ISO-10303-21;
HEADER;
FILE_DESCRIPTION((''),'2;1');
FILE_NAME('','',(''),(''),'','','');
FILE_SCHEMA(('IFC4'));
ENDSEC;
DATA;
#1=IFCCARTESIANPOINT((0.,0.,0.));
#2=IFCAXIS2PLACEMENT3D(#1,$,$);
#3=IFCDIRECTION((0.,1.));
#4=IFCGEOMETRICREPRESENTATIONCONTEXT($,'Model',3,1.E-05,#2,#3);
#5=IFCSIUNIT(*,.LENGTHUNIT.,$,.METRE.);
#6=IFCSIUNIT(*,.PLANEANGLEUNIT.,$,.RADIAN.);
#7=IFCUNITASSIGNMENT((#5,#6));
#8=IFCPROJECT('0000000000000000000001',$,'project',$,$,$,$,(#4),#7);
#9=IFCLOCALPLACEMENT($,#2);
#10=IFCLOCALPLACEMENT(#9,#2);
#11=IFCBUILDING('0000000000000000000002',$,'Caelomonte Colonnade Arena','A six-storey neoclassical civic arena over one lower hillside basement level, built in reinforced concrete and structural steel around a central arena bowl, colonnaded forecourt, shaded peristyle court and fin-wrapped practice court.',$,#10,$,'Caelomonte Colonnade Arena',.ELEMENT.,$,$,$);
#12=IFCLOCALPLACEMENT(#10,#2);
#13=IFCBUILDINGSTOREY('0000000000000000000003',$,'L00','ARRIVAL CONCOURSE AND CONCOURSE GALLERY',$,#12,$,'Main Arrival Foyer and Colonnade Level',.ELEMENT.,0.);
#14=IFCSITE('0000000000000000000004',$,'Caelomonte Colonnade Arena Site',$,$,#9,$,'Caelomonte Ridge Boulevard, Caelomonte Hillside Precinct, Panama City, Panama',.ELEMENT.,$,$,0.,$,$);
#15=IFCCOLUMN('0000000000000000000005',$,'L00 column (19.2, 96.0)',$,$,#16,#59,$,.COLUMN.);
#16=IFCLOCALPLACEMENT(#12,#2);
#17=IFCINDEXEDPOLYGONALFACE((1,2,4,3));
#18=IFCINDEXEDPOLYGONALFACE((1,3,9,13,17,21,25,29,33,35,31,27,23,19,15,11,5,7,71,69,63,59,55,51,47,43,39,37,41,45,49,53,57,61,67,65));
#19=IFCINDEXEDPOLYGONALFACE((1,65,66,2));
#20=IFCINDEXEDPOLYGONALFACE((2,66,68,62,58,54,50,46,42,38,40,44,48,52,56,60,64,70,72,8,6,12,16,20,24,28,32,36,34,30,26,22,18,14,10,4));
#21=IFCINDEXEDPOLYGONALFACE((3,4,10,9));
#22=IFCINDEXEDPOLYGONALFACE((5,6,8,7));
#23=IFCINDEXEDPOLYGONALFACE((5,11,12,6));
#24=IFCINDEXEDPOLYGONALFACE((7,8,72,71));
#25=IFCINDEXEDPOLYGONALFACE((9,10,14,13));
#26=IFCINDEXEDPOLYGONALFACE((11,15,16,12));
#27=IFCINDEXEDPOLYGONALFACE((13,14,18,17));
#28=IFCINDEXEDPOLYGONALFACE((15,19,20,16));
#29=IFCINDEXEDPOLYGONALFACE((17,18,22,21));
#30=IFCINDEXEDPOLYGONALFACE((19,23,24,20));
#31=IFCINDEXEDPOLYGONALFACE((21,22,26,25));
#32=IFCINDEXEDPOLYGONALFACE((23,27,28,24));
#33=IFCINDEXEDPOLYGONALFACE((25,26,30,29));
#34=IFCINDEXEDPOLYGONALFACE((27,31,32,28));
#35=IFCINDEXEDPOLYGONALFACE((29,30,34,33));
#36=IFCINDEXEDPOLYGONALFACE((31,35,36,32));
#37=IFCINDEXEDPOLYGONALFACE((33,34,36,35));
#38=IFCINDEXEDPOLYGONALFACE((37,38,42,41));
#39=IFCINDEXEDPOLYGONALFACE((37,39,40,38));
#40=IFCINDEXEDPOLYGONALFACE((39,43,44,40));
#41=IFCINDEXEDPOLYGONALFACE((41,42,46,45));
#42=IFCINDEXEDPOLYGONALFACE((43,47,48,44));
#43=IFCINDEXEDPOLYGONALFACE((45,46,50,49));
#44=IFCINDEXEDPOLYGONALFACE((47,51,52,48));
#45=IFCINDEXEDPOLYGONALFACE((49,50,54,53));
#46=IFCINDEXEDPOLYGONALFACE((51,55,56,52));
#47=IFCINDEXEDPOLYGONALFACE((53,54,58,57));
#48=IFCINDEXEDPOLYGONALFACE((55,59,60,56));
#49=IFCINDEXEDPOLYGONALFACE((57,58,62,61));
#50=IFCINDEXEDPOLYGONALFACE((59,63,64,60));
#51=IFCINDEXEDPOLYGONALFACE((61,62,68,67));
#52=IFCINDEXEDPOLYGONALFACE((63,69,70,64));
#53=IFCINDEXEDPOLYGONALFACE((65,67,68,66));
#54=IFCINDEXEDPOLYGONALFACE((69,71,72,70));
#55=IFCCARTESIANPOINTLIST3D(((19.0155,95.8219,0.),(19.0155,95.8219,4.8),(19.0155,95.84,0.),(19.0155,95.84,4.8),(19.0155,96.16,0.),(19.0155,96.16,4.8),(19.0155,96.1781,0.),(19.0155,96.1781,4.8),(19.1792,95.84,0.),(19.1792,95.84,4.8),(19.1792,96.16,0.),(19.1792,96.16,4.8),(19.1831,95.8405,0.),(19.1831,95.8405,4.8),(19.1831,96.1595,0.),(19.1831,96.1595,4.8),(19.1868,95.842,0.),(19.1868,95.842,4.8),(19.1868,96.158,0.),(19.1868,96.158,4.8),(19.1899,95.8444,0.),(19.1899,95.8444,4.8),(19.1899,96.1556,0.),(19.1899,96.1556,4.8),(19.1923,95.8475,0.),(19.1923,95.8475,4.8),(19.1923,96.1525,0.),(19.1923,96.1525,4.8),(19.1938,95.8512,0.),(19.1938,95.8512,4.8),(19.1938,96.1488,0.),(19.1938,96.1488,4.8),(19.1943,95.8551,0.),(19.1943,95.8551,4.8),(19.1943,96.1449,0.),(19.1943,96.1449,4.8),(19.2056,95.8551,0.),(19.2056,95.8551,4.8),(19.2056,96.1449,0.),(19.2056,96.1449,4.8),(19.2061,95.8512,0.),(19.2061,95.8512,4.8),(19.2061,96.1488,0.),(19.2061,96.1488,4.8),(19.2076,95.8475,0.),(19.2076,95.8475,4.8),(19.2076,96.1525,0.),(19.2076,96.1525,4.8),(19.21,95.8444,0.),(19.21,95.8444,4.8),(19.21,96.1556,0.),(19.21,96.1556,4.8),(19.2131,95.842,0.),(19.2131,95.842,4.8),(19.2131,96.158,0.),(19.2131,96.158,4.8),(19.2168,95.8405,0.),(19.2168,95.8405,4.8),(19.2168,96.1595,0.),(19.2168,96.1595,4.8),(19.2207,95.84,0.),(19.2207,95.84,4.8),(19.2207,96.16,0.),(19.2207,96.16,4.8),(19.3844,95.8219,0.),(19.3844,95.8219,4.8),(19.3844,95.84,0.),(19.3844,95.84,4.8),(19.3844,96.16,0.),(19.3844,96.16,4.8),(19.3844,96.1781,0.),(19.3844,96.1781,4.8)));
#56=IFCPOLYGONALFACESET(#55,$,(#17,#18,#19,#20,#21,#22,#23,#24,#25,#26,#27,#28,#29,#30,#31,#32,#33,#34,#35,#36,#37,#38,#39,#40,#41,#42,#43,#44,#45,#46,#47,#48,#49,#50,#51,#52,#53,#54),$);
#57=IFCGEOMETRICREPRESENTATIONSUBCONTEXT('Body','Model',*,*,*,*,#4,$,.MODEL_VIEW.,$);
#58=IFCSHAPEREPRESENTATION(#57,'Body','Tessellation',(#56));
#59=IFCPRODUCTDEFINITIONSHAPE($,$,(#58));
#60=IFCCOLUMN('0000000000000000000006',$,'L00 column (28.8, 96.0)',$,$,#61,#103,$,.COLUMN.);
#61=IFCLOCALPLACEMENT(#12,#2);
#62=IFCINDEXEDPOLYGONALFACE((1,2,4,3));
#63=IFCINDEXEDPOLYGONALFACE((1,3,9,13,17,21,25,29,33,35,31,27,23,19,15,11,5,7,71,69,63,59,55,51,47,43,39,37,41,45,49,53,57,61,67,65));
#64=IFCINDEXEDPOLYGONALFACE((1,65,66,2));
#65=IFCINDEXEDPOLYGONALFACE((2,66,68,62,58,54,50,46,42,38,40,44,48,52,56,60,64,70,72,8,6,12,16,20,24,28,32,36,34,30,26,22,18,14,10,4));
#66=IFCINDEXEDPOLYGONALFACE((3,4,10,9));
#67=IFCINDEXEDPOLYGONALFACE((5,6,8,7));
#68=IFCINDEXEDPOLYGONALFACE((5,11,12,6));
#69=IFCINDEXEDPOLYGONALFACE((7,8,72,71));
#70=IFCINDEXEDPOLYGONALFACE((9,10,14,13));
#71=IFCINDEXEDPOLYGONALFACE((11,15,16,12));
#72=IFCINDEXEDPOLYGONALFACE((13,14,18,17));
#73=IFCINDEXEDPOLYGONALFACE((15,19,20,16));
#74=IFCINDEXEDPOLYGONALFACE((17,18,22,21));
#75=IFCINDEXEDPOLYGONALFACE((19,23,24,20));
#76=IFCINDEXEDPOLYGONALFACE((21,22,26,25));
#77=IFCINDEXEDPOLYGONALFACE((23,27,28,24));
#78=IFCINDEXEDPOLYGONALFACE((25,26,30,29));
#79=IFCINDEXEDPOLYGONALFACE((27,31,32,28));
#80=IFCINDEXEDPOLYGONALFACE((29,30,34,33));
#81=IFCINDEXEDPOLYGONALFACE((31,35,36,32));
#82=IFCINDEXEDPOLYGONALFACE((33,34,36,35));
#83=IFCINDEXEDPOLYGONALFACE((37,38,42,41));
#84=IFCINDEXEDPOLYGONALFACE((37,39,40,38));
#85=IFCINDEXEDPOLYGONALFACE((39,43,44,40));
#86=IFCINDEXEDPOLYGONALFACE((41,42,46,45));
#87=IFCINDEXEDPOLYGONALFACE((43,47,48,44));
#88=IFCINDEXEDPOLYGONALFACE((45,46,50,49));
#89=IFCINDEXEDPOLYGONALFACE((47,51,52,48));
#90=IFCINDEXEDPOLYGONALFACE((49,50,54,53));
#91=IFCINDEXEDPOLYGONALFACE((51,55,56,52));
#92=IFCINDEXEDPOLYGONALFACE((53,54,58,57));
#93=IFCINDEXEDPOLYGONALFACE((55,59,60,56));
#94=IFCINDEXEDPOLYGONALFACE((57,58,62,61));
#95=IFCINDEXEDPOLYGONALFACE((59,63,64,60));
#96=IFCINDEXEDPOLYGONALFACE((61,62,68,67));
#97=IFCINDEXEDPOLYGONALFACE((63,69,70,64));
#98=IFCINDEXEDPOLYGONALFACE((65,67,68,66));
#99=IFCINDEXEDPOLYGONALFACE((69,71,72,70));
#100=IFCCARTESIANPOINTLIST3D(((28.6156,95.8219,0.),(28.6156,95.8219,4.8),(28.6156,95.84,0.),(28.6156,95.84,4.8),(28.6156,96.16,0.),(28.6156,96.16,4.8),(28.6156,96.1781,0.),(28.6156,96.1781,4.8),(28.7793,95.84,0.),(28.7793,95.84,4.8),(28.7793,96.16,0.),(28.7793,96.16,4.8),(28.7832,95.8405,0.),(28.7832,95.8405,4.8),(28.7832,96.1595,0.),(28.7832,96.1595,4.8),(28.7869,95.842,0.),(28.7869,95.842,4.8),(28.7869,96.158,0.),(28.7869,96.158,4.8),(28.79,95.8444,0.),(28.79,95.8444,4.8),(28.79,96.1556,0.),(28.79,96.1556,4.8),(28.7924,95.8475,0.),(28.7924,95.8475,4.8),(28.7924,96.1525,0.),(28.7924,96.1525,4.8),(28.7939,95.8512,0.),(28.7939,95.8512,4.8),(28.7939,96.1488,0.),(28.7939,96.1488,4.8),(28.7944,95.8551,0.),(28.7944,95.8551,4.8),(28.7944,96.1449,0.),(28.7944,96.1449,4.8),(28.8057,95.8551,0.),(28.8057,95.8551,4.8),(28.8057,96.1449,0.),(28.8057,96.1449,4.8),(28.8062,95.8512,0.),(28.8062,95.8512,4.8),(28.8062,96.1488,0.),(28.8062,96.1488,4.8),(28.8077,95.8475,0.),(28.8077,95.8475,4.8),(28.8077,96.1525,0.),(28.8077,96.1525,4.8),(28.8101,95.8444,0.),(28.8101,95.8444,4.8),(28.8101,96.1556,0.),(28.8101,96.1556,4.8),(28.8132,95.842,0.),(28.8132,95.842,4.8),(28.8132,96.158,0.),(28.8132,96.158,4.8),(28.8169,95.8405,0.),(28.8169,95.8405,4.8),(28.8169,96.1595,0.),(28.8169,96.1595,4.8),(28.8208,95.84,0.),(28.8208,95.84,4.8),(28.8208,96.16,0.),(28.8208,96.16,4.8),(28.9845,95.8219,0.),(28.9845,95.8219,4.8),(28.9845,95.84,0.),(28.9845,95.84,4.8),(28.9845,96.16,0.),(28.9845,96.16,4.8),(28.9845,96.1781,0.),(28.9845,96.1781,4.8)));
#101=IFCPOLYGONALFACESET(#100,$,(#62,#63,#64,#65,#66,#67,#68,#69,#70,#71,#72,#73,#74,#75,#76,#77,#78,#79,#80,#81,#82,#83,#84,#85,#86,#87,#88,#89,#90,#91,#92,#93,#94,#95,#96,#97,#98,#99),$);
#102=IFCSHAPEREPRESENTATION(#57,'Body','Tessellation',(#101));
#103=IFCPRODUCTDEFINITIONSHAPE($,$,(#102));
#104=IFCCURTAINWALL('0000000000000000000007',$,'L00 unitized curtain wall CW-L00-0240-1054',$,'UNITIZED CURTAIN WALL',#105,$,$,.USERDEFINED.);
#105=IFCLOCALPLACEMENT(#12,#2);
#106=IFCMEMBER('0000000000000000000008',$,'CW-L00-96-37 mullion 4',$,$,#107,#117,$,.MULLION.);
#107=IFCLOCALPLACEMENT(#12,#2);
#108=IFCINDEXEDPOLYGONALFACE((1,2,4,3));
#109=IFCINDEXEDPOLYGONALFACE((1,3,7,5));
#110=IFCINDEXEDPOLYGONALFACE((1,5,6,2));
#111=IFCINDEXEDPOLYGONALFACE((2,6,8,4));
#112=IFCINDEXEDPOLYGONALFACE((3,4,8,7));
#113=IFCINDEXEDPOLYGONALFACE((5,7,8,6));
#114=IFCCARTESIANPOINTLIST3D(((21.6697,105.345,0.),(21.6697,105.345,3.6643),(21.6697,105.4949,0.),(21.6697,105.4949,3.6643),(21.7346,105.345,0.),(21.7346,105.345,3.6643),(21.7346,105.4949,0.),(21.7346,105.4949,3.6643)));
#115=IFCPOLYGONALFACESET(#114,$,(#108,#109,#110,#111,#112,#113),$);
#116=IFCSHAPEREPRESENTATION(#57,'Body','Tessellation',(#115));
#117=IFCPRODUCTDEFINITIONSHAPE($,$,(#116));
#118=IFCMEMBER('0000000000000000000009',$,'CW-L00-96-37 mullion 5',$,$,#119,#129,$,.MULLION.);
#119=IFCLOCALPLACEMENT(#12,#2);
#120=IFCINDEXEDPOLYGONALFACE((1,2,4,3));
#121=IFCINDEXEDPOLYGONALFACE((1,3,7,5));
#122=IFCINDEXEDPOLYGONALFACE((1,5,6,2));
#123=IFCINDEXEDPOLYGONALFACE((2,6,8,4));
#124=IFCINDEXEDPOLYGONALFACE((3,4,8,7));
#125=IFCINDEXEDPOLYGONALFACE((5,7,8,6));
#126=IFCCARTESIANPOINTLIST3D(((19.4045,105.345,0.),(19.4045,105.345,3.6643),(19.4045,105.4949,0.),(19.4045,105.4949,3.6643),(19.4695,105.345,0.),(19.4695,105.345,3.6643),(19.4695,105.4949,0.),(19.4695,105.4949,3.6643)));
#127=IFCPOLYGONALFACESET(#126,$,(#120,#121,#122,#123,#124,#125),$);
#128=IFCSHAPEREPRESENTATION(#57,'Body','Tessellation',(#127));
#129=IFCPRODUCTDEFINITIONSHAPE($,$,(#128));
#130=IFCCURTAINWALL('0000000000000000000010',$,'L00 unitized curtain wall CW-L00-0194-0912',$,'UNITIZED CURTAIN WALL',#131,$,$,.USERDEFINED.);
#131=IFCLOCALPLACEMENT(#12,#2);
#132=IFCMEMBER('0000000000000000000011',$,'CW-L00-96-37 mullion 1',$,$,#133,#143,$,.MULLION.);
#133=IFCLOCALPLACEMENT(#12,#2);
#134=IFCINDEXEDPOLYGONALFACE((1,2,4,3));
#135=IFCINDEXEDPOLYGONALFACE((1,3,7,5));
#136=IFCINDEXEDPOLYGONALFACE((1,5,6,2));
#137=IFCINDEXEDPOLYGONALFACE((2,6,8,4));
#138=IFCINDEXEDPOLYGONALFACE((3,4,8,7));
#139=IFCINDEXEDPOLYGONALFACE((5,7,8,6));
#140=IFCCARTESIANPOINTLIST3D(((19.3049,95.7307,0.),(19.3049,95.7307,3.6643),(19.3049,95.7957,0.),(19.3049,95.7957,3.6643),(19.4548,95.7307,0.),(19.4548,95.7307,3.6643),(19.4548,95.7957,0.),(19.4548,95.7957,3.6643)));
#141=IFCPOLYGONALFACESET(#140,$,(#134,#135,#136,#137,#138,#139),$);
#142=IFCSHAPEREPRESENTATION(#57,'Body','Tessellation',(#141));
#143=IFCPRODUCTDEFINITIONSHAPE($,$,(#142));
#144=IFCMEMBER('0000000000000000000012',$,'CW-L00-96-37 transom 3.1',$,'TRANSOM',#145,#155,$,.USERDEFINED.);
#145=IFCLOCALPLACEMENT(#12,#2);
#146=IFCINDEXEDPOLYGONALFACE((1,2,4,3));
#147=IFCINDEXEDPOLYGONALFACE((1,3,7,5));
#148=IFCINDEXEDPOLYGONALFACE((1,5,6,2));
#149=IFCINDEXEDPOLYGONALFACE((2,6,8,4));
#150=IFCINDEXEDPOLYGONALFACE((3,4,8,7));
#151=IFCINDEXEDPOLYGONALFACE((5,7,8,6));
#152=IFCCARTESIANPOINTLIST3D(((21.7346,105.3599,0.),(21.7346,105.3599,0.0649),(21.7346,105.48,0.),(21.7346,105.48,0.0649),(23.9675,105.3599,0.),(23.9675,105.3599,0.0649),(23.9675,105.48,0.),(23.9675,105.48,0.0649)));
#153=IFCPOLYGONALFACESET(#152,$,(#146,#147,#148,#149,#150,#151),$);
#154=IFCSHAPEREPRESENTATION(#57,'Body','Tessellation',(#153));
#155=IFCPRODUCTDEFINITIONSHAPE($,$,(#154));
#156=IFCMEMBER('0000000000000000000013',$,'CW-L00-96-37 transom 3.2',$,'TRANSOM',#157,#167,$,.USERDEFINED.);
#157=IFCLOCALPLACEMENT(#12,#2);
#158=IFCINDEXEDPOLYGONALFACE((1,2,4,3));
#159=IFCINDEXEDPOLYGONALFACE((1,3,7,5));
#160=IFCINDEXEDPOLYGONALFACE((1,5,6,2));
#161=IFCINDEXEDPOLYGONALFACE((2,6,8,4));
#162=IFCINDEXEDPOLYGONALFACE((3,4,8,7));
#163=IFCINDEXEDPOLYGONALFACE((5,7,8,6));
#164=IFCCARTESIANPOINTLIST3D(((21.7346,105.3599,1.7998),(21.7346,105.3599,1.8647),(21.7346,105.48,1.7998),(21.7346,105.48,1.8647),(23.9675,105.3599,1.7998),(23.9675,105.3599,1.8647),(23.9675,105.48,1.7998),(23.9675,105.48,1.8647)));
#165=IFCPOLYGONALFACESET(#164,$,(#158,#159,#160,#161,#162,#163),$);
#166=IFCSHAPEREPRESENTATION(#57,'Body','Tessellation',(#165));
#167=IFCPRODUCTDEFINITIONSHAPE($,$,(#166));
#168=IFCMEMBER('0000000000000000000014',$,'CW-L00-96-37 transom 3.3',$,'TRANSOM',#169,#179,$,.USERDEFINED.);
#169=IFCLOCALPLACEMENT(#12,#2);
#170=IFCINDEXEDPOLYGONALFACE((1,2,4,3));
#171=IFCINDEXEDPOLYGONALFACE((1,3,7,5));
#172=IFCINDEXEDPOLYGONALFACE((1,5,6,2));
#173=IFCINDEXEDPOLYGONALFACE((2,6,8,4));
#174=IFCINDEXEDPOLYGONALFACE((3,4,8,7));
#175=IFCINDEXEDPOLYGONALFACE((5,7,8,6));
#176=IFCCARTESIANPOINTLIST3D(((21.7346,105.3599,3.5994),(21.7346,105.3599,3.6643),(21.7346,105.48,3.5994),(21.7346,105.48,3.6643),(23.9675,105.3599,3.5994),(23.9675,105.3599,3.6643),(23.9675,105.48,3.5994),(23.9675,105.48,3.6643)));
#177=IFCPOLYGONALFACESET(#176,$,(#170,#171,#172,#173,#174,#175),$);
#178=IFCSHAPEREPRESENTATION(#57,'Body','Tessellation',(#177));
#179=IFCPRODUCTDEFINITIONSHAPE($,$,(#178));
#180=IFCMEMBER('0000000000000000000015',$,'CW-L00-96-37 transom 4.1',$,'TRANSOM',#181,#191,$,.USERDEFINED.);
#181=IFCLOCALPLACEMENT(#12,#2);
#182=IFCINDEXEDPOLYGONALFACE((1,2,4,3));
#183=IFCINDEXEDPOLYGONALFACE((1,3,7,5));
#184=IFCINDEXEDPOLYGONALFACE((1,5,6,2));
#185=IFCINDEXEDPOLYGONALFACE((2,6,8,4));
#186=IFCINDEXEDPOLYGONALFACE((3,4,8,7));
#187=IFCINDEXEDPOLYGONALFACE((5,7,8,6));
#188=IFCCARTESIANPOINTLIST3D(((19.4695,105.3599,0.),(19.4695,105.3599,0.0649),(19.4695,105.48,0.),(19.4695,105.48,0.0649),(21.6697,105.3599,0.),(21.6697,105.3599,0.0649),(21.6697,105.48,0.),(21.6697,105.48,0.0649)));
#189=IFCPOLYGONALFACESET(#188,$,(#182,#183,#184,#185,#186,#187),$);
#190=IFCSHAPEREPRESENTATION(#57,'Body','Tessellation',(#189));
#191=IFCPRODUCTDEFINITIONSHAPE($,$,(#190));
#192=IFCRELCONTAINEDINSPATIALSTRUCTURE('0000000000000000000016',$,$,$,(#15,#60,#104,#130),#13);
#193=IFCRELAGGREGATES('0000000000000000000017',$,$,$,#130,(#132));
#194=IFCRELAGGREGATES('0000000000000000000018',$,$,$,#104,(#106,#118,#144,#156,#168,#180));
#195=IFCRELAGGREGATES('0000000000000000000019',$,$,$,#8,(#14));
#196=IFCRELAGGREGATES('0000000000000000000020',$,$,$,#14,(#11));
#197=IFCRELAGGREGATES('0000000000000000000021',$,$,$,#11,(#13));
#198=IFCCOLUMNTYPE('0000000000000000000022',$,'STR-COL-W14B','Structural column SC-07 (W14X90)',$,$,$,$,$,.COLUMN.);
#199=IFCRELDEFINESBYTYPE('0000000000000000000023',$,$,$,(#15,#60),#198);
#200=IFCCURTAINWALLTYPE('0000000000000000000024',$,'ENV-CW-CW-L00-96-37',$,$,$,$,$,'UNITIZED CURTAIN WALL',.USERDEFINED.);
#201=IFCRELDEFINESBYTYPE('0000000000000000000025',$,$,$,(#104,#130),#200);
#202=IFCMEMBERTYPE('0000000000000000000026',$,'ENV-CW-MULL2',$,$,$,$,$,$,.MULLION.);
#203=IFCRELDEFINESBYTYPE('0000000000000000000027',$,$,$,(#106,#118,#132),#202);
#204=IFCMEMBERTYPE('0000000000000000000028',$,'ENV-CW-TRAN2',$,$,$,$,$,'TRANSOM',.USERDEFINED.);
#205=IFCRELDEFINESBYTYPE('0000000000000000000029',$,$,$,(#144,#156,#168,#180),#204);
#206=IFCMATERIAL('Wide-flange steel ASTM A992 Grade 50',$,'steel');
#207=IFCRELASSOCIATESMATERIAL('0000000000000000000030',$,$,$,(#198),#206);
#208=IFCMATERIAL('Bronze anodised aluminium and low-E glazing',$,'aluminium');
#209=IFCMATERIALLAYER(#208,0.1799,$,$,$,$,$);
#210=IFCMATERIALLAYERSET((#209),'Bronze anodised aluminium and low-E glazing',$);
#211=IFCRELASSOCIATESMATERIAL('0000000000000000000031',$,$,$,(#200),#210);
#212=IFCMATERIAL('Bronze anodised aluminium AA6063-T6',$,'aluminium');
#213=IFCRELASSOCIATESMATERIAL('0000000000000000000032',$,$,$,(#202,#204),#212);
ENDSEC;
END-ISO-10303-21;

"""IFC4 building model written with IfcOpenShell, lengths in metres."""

from ifc_helpers import new_model, si_unit, direction, frame, origin, origin_2d, place, context, subcontext, project, spatial, rectangle, i_section, extrude, material, layer, layer_set, material_profile, profile_set, type_object, element, aggregate, save


model = new_model("IFC4")

# Units and contexts
model_context = context("Model", 3, precision=1e-05, world=origin(), true_north=direction((0.0, 1.0)))
body_context = subcontext(model_context, "Body", "Model", "MODEL_VIEW")
ifc_project = project(units=[si_unit("LENGTHUNIT", "METRE"), si_unit("PLANEANGLEUNIT", "RADIAN")], contexts=[model_context])

# Site, building, storey
site_placement = place(None, origin())
site = spatial("IfcSite", under=ifc_project, at=site_placement, Name="Caelomonte Colonnade Arena Site", LongName="Caelomonte Ridge Boulevard, Caelomonte Hillside Precinct, Panama City, Panama", CompositionType="ELEMENT", RefElevation=0.0)
building_placement = place(site_placement, origin())
building = spatial("IfcBuilding", under=site, at=building_placement, Name="Caelomonte Colonnade Arena", Description="A six-storey neoclassical civic arena over one lower hillside basement level, built in reinforced concrete and structural steel around a central arena bowl, colonnaded forecourt, shaded peristyle court and fin-wrapped practice court.", LongName="Caelomonte Colonnade Arena", CompositionType="ELEMENT")
storey_placement = place(building_placement, origin())
storey = spatial("IfcBuildingStorey", under=building, at=storey_placement, Name="L00", Description="ARRIVAL CONCOURSE AND CONCOURSE GALLERY", LongName="Main Arrival Foyer and Colonnade Level", CompositionType="ELEMENT", Elevation=0.0)

# Columns
ifc_material_1 = material(Name="Wide-flange steel ASTM A992 Grade 50", Category="steel")
ifc_material_profile_1 = material_profile(ifc_material_1, i_section(OverallWidth=0.3689, OverallDepth=0.3562, WebThickness=0.0112, FlangeThickness=0.0181, FilletRadius=0.0151, at=origin_2d()), Name="W14X90")
ifc_profile_set_1 = profile_set([ifc_material_profile_1], Name="Wide-flange steel ASTM A992 Grade 50")
column_type = type_object("IfcColumnType", Name="STR-COL-W14B", Description="Structural column SC-07 (W14X90)", PredefinedType="COLUMN", material=ifc_profile_set_1)
for number, where, z_axis, x_axis, name in (
    (1, (19.2, 96.0, 0.0), (0.0, 0.0, 1.0), (1.0, 0.0, 0.0), "L00 column (19.2, 96.0)"),
    (2, (28.8, 96.0, 0.0), (0.0, 0.0, 1.0), (1.0, 0.0, 0.0), "L00 column (28.8, 96.0)"),
):
    element("IfcColumn", number, at=place(storey_placement, frame(where, z_axis=z_axis, x_axis=x_axis)), inside=storey, type_object=column_type, Name=name, PredefinedType="COLUMN", context=body_context, shape_type="SweptSolid", body=[
        extrude(i_section(OverallWidth=0.3689, OverallDepth=0.3562, WebThickness=0.0112, FlangeThickness=0.0181, FilletRadius=0.0151, at=origin_2d()), origin(), (0.0, 0.0, 1.0), 4.8),
    ])

# Curtain wall, members
ifc_material_2 = material(Name="Bronze anodised aluminium and low-E glazing", Category="aluminium")
ifc_layer_1 = layer(ifc_material_2, 0.1799)
ifc_layer_set_1 = layer_set([ifc_layer_1], Name="Bronze anodised aluminium and low-E glazing")
curtain_wall_type = type_object("IfcCurtainWallType", Name="ENV-CW-CW-L00-96-37", ElementType="UNITIZED CURTAIN WALL", PredefinedType="USERDEFINED", material=ifc_layer_set_1)
curtain_wall_1_placement = place(storey_placement, origin())
curtain_wall_1 = element("IfcCurtainWall", 3, at=curtain_wall_1_placement, inside=storey, type_object=curtain_wall_type, Name="L00 unitized curtain wall CW-L00-0240-1054", ObjectType="UNITIZED CURTAIN WALL", PredefinedType="USERDEFINED")
ifc_material_3 = material(Name="Bronze anodised aluminium AA6063-T6", Category="aluminium")
ifc_material_profile_2 = material_profile(ifc_material_3, rectangle(XDim=0.0649, YDim=0.1499, at=origin_2d()), Name="CWM-65X150")
ifc_profile_set_2 = profile_set([ifc_material_profile_2], Name="Bronze anodised aluminium AA6063-T6")
member_type_1 = type_object("IfcMemberType", Name="ENV-CW-MULL2", PredefinedType="MULLION", material=ifc_profile_set_2)
member_1_placement = place(storey_placement, frame((21.7021, 105.4199, 0.0), z_axis=(0.0, 0.0, 1.0), x_axis=(-1.0, 0.0, 0.0)))
member_1 = element("IfcMember", 4, at=member_1_placement, type_object=member_type_1, Name="CW-L00-96-37 mullion 4", PredefinedType="MULLION", context=body_context, shape_type="SweptSolid", body=[
    extrude(rectangle(XDim=0.0649, YDim=0.1499, at=origin_2d()), origin(), (0.0, 0.0, 1.0), 3.6643),
])
member_2_placement = place(storey_placement, frame((19.437, 105.4199, 0.0), z_axis=(0.0, 0.0, 1.0), x_axis=(-1.0, 0.0, 0.0)))
member_2 = element("IfcMember", 5, at=member_2_placement, type_object=member_type_1, Name="CW-L00-96-37 mullion 5", PredefinedType="MULLION", context=body_context, shape_type="SweptSolid", body=[
    extrude(rectangle(XDim=0.0649, YDim=0.1499, at=origin_2d()), origin(), (0.0, 0.0, 1.0), 3.6643),
])

# Curtain wall, member
curtain_wall_2_placement = place(storey_placement, origin())
curtain_wall_2 = element("IfcCurtainWall", 6, at=curtain_wall_2_placement, inside=storey, type_object=curtain_wall_type, Name="L00 unitized curtain wall CW-L00-0194-0912", ObjectType="UNITIZED CURTAIN WALL", PredefinedType="USERDEFINED")
member_3_placement = place(storey_placement, frame((19.3799, 95.7632, 0.0), z_axis=(0.0, 0.0, 1.0), x_axis=(0.0, -1.0, 0.0)))
member_3 = element("IfcMember", 7, at=member_3_placement, type_object=member_type_1, Name="CW-L00-96-37 mullion 1", PredefinedType="MULLION", context=body_context, shape_type="SweptSolid", body=[
    extrude(rectangle(XDim=0.0649, YDim=0.1499, at=origin_2d()), origin(), (0.0, 0.0, 1.0), 3.6643),
])

# Members
ifc_material_profile_3 = material_profile(ifc_material_3, rectangle(XDim=0.0649, YDim=0.1201, at=origin_2d()), Name="CWT-65X120")
ifc_profile_set_3 = profile_set([ifc_material_profile_3], Name="Bronze anodised aluminium AA6063-T6")
member_type_2 = type_object("IfcMemberType", Name="ENV-CW-TRAN2", ElementType="TRANSOM", PredefinedType="USERDEFINED", material=ifc_profile_set_3)
member_4_placement = place(storey_placement, frame((23.9675, 105.4199, 0.0325), z_axis=(-1.0, 0.0, 0.0), x_axis=(0.0, 0.0, 1.0)))
member_4 = element("IfcMember", 8, at=member_4_placement, type_object=member_type_2, Name="CW-L00-96-37 transom 3.1", ObjectType="TRANSOM", PredefinedType="USERDEFINED", context=body_context, shape_type="SweptSolid", body=[
    extrude(rectangle(XDim=0.0649, YDim=0.1201, at=origin_2d()), origin(), (0.0, 0.0, 1.0), 2.2329),
])
member_5_placement = place(storey_placement, frame((23.9675, 105.4199, 1.8323), z_axis=(-1.0, 0.0, 0.0), x_axis=(0.0, 0.0, 1.0)))
member_5 = element("IfcMember", 9, at=member_5_placement, type_object=member_type_2, Name="CW-L00-96-37 transom 3.2", ObjectType="TRANSOM", PredefinedType="USERDEFINED", context=body_context, shape_type="SweptSolid", body=[
    extrude(rectangle(XDim=0.0649, YDim=0.1201, at=origin_2d()), origin(), (0.0, 0.0, 1.0), 2.2329),
])
member_6_placement = place(storey_placement, frame((23.9675, 105.4199, 3.6318), z_axis=(-1.0, 0.0, 0.0), x_axis=(0.0, 0.0, 1.0)))
member_6 = element("IfcMember", 10, at=member_6_placement, type_object=member_type_2, Name="CW-L00-96-37 transom 3.3", ObjectType="TRANSOM", PredefinedType="USERDEFINED", context=body_context, shape_type="SweptSolid", body=[
    extrude(rectangle(XDim=0.0649, YDim=0.1201, at=origin_2d()), origin(), (0.0, 0.0, 1.0), 2.2329),
])
member_7_placement = place(storey_placement, frame((21.6697, 105.4199, 0.0325), z_axis=(-1.0, 0.0, 0.0), x_axis=(0.0, 0.0, 1.0)))
member_7 = element("IfcMember", 11, at=member_7_placement, type_object=member_type_2, Name="CW-L00-96-37 transom 4.1", ObjectType="TRANSOM", PredefinedType="USERDEFINED", context=body_context, shape_type="SweptSolid", body=[
    extrude(rectangle(XDim=0.0649, YDim=0.1201, at=origin_2d()), origin(), (0.0, 0.0, 1.0), 2.2002),
])
aggregate(curtain_wall_2, [member_3])

aggregate(curtain_wall_1, [member_1, member_2, member_4, member_5, member_6, member_7])

save(model, "model.ifc")
